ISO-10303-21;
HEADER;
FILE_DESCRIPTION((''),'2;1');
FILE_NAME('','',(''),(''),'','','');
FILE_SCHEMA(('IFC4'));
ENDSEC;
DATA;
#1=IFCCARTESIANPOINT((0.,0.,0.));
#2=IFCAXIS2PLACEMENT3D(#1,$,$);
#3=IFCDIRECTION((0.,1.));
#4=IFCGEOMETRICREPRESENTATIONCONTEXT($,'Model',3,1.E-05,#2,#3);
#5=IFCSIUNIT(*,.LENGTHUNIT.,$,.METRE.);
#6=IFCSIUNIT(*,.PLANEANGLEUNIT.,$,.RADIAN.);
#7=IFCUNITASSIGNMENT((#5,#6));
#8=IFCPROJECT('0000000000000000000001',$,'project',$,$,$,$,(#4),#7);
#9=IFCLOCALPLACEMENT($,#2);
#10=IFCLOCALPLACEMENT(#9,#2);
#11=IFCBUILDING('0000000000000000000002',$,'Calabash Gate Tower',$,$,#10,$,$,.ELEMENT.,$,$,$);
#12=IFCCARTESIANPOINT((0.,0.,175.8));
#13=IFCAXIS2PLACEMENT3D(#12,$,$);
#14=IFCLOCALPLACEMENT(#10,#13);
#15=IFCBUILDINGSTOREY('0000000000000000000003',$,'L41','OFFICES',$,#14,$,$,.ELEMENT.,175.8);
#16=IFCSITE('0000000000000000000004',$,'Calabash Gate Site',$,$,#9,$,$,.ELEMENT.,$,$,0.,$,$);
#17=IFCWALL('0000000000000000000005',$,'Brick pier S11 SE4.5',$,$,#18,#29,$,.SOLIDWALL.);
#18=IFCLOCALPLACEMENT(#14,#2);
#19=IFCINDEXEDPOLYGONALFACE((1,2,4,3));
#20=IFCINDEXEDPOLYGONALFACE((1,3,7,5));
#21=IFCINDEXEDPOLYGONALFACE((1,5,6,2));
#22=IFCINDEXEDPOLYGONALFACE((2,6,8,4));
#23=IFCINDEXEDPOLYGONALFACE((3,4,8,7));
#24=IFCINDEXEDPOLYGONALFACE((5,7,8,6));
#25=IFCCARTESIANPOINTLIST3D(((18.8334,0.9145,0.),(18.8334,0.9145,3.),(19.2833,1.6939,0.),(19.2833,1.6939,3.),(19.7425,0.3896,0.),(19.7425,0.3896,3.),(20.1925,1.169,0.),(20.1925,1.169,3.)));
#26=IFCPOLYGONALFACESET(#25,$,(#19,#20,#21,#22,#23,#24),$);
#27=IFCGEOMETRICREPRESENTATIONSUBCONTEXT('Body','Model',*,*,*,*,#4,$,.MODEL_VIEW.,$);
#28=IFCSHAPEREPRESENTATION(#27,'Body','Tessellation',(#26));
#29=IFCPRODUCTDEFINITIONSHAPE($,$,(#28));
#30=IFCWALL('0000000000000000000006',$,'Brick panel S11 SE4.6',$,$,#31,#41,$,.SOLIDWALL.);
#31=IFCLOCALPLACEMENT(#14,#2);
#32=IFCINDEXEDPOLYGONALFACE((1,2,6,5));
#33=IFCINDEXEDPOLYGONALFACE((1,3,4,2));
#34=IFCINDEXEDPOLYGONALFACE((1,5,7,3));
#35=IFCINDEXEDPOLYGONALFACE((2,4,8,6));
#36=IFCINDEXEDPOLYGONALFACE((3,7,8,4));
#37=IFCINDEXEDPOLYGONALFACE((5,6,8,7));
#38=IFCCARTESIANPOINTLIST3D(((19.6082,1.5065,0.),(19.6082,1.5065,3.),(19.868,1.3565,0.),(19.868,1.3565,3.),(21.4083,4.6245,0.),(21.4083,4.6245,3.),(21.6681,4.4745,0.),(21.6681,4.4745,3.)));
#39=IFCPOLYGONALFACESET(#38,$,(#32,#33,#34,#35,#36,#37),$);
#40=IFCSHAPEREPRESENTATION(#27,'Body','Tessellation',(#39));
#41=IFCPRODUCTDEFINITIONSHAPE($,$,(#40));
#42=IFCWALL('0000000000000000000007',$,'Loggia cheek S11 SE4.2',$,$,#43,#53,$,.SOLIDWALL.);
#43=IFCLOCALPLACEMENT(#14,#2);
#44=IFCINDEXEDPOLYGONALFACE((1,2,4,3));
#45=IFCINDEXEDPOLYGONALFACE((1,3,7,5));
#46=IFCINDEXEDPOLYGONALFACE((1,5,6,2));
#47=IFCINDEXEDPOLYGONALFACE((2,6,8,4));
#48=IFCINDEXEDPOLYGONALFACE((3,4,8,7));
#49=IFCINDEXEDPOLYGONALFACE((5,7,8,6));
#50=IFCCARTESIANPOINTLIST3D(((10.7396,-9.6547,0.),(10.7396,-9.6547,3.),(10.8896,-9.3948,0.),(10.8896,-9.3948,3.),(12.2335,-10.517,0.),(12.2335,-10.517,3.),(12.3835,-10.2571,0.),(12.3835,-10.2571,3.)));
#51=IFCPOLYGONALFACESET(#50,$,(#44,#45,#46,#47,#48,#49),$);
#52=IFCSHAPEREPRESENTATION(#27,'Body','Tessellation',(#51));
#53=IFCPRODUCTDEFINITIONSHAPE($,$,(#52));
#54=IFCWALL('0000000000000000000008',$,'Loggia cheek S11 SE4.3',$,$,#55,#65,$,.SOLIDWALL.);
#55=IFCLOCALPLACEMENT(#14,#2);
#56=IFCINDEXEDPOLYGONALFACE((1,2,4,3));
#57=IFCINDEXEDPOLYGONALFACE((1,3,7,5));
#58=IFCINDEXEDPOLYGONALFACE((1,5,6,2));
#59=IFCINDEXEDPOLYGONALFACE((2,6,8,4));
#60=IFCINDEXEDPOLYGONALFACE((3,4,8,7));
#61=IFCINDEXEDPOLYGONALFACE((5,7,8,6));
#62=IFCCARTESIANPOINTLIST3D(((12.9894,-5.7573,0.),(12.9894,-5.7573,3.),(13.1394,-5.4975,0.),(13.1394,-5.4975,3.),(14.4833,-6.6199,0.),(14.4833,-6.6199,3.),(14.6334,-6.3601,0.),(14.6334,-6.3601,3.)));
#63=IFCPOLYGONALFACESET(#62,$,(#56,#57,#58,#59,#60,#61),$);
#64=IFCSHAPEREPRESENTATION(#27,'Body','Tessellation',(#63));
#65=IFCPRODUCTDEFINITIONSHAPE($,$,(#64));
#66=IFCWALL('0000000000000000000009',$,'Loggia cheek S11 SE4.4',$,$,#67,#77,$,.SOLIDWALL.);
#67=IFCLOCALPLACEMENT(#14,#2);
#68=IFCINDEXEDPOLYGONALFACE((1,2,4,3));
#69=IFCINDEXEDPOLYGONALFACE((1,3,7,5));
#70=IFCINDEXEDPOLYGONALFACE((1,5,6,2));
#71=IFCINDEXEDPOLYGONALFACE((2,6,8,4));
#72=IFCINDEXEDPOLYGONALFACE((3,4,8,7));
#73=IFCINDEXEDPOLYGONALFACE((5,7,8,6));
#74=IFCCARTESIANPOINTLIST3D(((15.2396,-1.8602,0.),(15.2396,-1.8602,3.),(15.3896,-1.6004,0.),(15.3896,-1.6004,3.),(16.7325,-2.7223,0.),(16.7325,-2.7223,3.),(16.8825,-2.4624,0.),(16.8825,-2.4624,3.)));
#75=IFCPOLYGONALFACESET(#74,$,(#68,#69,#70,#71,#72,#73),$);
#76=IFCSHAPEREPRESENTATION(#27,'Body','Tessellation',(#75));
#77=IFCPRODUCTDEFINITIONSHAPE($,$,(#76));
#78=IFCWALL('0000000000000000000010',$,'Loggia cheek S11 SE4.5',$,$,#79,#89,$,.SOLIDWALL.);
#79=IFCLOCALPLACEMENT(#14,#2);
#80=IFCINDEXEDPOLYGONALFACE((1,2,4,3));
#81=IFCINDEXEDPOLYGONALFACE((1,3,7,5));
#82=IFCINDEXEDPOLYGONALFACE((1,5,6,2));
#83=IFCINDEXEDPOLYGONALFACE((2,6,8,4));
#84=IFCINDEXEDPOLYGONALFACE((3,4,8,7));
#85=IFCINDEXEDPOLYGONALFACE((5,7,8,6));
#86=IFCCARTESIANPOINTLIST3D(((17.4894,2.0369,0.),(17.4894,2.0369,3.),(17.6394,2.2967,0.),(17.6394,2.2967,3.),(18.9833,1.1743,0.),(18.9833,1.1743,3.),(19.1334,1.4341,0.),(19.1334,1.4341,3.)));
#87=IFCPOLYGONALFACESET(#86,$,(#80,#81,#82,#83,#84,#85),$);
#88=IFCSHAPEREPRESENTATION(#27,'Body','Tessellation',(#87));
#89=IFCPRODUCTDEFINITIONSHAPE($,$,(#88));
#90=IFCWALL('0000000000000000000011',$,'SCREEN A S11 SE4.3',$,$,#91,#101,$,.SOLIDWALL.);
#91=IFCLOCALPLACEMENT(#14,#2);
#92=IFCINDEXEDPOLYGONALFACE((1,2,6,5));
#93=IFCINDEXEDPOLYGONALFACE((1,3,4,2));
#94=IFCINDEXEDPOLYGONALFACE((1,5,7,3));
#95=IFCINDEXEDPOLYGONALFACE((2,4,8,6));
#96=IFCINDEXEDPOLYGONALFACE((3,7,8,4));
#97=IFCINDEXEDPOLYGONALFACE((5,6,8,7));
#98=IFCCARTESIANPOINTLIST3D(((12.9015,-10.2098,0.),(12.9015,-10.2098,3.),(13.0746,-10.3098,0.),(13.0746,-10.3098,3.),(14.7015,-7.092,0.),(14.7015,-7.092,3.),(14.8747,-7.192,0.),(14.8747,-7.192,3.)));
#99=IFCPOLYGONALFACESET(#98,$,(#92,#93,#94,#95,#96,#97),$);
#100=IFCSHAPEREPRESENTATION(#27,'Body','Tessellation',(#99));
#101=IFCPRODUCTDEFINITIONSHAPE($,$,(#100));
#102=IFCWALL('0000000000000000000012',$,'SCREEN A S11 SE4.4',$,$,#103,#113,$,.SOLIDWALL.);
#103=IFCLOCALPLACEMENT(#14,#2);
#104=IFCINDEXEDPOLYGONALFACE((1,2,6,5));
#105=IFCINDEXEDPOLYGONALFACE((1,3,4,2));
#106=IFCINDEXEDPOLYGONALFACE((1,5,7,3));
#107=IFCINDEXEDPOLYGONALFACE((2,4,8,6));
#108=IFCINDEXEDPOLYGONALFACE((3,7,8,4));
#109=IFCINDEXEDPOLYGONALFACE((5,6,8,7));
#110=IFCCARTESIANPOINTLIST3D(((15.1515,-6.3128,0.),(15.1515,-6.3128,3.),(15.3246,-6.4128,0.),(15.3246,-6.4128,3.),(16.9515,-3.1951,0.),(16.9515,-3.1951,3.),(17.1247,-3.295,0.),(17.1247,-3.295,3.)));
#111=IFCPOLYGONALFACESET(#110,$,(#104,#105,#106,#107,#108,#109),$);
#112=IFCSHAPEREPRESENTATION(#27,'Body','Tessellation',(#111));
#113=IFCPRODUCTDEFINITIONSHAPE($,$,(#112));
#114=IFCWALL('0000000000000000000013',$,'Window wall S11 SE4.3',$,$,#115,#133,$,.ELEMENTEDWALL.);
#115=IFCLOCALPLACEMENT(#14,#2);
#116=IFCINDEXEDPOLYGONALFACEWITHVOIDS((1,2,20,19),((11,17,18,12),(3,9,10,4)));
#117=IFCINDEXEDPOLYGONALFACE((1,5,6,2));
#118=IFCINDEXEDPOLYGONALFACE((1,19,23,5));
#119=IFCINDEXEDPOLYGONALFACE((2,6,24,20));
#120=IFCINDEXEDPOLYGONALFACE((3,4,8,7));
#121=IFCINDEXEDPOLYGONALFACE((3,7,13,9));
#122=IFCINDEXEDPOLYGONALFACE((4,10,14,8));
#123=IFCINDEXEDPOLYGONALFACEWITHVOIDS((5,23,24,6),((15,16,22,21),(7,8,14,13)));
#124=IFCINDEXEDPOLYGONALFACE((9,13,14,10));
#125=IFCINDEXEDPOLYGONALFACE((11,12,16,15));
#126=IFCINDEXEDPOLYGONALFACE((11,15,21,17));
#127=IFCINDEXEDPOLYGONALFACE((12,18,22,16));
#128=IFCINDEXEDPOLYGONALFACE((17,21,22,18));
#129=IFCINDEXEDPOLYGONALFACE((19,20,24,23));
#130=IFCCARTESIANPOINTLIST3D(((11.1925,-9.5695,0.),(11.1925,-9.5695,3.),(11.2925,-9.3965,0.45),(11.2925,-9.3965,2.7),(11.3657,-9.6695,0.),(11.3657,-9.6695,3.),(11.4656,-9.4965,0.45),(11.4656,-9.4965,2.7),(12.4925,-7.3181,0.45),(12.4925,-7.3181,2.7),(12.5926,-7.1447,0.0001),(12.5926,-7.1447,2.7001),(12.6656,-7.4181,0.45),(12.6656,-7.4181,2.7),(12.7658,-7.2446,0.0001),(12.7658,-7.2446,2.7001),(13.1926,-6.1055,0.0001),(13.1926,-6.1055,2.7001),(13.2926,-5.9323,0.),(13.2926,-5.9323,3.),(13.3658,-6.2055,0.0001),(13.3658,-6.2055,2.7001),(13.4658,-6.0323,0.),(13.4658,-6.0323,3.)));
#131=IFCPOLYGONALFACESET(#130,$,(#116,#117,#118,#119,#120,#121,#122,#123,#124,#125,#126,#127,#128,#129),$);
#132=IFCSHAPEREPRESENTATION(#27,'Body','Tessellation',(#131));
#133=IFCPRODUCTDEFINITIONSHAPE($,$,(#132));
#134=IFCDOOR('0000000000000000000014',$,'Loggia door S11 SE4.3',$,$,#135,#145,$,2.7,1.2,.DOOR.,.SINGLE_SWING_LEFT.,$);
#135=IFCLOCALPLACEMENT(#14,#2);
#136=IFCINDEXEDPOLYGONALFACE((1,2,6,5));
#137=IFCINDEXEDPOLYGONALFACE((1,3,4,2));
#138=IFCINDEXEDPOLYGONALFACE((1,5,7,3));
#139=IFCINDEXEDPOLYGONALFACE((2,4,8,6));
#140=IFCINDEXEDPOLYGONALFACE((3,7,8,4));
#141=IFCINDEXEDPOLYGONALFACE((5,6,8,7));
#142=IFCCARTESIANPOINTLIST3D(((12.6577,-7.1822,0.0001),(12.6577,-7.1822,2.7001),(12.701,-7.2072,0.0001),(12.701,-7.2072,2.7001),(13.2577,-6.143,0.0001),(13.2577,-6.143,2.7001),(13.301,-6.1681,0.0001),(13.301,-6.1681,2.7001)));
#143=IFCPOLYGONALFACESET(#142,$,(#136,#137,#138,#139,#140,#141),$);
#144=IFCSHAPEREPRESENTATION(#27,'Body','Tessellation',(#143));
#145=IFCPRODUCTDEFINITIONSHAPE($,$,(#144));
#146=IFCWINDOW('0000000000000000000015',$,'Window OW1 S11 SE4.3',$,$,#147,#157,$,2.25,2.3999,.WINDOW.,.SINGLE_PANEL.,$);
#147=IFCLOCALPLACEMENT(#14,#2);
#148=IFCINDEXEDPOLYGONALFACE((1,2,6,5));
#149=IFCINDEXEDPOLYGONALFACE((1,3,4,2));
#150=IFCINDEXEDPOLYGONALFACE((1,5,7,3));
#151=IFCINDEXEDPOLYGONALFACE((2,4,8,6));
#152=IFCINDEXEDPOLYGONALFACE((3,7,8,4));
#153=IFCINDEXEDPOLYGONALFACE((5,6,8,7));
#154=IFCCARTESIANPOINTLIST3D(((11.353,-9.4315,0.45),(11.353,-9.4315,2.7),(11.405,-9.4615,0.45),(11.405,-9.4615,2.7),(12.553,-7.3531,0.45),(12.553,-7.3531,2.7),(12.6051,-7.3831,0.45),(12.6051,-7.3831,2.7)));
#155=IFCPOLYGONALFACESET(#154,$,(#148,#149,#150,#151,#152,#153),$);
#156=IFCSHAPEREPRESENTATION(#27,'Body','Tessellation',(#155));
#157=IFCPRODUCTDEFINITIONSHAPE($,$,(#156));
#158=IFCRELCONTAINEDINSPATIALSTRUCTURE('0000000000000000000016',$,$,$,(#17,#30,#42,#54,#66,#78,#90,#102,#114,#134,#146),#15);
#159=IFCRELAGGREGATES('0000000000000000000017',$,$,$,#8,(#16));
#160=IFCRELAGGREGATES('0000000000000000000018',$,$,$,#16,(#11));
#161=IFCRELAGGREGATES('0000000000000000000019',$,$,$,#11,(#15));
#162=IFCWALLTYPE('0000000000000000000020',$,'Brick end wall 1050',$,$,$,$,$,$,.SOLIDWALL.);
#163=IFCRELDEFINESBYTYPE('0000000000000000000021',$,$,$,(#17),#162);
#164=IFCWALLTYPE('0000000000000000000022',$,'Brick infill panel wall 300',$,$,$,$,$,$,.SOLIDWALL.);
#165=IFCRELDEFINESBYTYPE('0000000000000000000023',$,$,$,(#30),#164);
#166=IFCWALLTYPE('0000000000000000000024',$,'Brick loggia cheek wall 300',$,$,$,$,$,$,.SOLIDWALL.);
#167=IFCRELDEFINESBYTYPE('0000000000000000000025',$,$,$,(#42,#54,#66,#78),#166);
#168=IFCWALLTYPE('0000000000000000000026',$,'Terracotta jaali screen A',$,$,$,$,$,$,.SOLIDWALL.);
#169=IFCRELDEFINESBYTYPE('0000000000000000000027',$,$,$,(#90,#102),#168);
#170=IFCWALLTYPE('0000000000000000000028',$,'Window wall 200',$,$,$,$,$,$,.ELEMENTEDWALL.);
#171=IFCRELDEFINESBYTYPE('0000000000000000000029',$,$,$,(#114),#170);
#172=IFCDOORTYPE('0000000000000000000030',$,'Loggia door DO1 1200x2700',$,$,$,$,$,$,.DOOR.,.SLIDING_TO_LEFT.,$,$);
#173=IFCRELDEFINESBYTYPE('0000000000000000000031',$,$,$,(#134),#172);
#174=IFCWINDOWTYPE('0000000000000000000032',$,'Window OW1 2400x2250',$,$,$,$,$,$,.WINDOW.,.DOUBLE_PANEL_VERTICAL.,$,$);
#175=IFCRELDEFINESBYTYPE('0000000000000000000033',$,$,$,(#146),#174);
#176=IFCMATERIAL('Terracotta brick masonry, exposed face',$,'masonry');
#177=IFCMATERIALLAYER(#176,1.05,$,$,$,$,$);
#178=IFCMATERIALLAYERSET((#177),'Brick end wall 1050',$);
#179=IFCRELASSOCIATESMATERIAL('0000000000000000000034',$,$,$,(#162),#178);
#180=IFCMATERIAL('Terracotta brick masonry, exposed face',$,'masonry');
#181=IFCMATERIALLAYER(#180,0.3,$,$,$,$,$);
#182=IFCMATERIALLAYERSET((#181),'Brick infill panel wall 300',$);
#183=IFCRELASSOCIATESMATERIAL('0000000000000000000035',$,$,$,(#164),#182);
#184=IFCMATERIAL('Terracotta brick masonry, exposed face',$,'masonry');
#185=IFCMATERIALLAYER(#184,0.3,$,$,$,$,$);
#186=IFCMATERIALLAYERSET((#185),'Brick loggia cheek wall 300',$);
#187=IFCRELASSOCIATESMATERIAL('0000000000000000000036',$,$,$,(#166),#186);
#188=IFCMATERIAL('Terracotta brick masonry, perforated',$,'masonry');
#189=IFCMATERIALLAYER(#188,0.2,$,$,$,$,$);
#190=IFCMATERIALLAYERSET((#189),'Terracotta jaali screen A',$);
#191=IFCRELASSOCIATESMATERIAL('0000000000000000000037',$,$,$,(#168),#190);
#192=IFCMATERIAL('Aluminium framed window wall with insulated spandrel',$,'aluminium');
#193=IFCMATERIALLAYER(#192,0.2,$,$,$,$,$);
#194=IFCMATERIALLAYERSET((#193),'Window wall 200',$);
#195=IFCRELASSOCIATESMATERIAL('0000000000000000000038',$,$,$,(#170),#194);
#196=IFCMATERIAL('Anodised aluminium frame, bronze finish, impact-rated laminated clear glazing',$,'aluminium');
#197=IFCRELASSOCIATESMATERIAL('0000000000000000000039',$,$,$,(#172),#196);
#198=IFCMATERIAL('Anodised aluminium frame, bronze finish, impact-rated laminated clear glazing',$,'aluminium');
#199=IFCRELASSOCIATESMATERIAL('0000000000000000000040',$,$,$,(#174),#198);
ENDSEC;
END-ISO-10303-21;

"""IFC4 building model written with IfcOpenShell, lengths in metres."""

from ifc_helpers import new_model, si_unit, direction, frame, frame_2d, origin, place, context, subcontext, project, spatial, rectangle, extrude, material, layer, layer_set, type_object, element, fill, save


model = new_model("IFC4")

# Units and contexts
model_context = context("Model", 3, precision=1e-05, world=origin(), true_north=direction((0.0, 1.0)))
body_context = subcontext(model_context, "Body", "Model", "MODEL_VIEW")
ifc_project = project(units=[si_unit("LENGTHUNIT", "METRE"), si_unit("PLANEANGLEUNIT", "RADIAN")], contexts=[model_context])

# Site, building, storey
site_placement = place(None, origin())
site = spatial("IfcSite", under=ifc_project, at=site_placement, Name="Calabash Gate Site", CompositionType="ELEMENT", RefElevation=0.0)
building_placement = place(site_placement, origin())
building = spatial("IfcBuilding", under=site, at=building_placement, Name="Calabash Gate Tower", CompositionType="ELEMENT")
storey_placement = place(building_placement, frame((0.0, 0.0, 175.8)))
storey = spatial("IfcBuildingStorey", under=building, at=storey_placement, Name="L41", Description="OFFICES", CompositionType="ELEMENT", Elevation=175.8)

# Walls
ifc_material_1 = material(Name="Terracotta brick masonry, exposed face", Category="masonry")
ifc_layer_1 = layer(ifc_material_1, 1.05)
ifc_layer_set_1 = layer_set([ifc_layer_1], Name="Brick end wall 1050")
wall_type_1 = type_object("IfcWallType", Name="Brick end wall 1050", PredefinedType="SOLIDWALL", material=ifc_layer_set_1)
for number, where, z_axis, x_axis, name in (
    (1, (19.0583, 1.3042, 0.0), (0.0, 0.0, 1.0), (0.866031, -0.499991, 0.0), "Brick pier S11 SE4.5"),
):
    element("IfcWall", number, at=place(storey_placement, frame(where, z_axis=z_axis, x_axis=x_axis)), inside=storey, type_object=wall_type_1, Name=name, PredefinedType="SOLIDWALL", context=body_context, shape_type="SweptSolid", body=[
        extrude(rectangle(XDim=1.0498, YDim=0.8999, at=frame_2d((0.5249, 0.0))), origin(), (0.0, 0.0, 1.0), 3.0),
    ])
ifc_material_2 = material(Name="Terracotta brick masonry, exposed face", Category="masonry")
ifc_layer_2 = layer(ifc_material_2, 0.3)
ifc_layer_set_2 = layer_set([ifc_layer_2], Name="Brick infill panel wall 300")
wall_type_2 = type_object("IfcWallType", Name="Brick infill panel wall 300", PredefinedType="SOLIDWALL", material=ifc_layer_set_2)
wall_1_placement = place(storey_placement, frame((19.738, 1.4314, 0.0), z_axis=(0.0, 0.0, 1.0), x_axis=(0.499983, 0.866035, 0.0)))
element("IfcWall", 2, at=wall_1_placement, inside=storey, type_object=wall_type_2, Name="Brick panel S11 SE4.6", PredefinedType="SOLIDWALL", context=body_context, shape_type="SweptSolid", body=[
    extrude(rectangle(XDim=3.6003, YDim=0.3, at=frame_2d((1.8003, 0.0))), origin(), (0.0, 0.0, 1.0), 3.0),
])
ifc_material_3 = material(Name="Terracotta brick masonry, exposed face", Category="masonry")
ifc_layer_3 = layer(ifc_material_3, 0.3)
ifc_layer_set_3 = layer_set([ifc_layer_3], Name="Brick loggia cheek wall 300")
wall_type_3 = type_object("IfcWallType", Name="Brick loggia cheek wall 300", PredefinedType="SOLIDWALL", material=ifc_layer_set_3)
wall_2_placement = place(storey_placement, frame((12.3083, -10.387, 0.0), z_axis=(0.0, 0.0, 1.0), x_axis=(-0.866075, 0.499914, 0.0)))
element("IfcWall", 3, at=wall_2_placement, inside=storey, type_object=wall_type_3, Name="Loggia cheek S11 SE4.2", PredefinedType="SOLIDWALL", context=body_context, shape_type="SweptSolid", body=[
    extrude(rectangle(XDim=1.7249, YDim=0.3, at=frame_2d((0.8623, 0.0))), origin(), (0.0, 0.0, 1.0), 3.0),
])
wall_3_placement = place(storey_placement, frame((14.5583, -6.49, 0.0), z_axis=(0.0, 0.0, 1.0), x_axis=(-0.866014, 0.500021, 0.0)))
element("IfcWall", 4, at=wall_3_placement, inside=storey, type_object=wall_type_3, Name="Loggia cheek S11 SE4.3", PredefinedType="SOLIDWALL", context=body_context, shape_type="SweptSolid", body=[
    extrude(rectangle(XDim=1.7251, YDim=0.3, at=frame_2d((0.8625, 0.0))), origin(), (0.0, 0.0, 1.0), 3.0),
])
wall_4_placement = place(storey_placement, frame((16.8074, -2.5923, 0.0), z_axis=(0.0, 0.0, 1.0), x_axis=(-0.865995, 0.500053, 0.0)))
element("IfcWall", 5, at=wall_4_placement, inside=storey, type_object=wall_type_3, Name="Loggia cheek S11 SE4.4", PredefinedType="SOLIDWALL", context=body_context, shape_type="SweptSolid", body=[
    extrude(rectangle(XDim=1.7239, YDim=0.3, at=frame_2d((0.8618, 0.0))), origin(), (0.0, 0.0, 1.0), 3.0),
])
wall_5_placement = place(storey_placement, frame((19.0583, 1.3042, 0.0), z_axis=(0.0, 0.0, 1.0), x_axis=(-0.866014, 0.500021, 0.0)))
element("IfcWall", 6, at=wall_5_placement, inside=storey, type_object=wall_type_3, Name="Loggia cheek S11 SE4.5", PredefinedType="SOLIDWALL", context=body_context, shape_type="SweptSolid", body=[
    extrude(rectangle(XDim=1.7251, YDim=0.3, at=frame_2d((0.8625, 0.0))), origin(), (0.0, 0.0, 1.0), 3.0),
])
ifc_material_4 = material(Name="Terracotta brick masonry, perforated", Category="masonry")
ifc_layer_4 = layer(ifc_material_4, 0.2)
ifc_layer_set_4 = layer_set([ifc_layer_4], Name="Terracotta jaali screen A")
wall_type_4 = type_object("IfcWallType", Name="Terracotta jaali screen A", PredefinedType="SOLIDWALL", material=ifc_layer_set_4)
for number, where, z_axis, x_axis, name in (
    (7, (12.988, -10.2598, 0.0), (0.0, 0.0, 1.0), (0.500012, 0.866018, 0.0), "SCREEN A S11 SE4.3"),
    (8, (15.238, -6.3628, 0.0), (0.0, 0.0, 1.0), (0.500012, 0.866018, 0.0), "SCREEN A S11 SE4.4"),
):
    element("IfcWall", number, at=place(storey_placement, frame(where, z_axis=z_axis, x_axis=x_axis)), inside=storey, type_object=wall_type_4, Name=name, PredefinedType="SOLIDWALL", context=body_context, shape_type="SweptSolid", body=[
        extrude(rectangle(XDim=3.6001, YDim=0.2, at=frame_2d((1.8, 0.0))), origin(), (0.0, 0.0, 1.0), 3.0),
    ])

# Wall, openings, door, window
ifc_material_5 = material(Name="Aluminium framed window wall with insulated spandrel", Category="aluminium")
ifc_layer_5 = layer(ifc_material_5, 0.2)
ifc_layer_set_5 = layer_set([ifc_layer_5], Name="Window wall 200")
wall_type_5 = type_object("IfcWallType", Name="Window wall 200", PredefinedType="ELEMENTEDWALL", material=ifc_layer_set_5)
wall_6_placement = place(storey_placement, frame((11.2791, -9.6196, 0.0), z_axis=(0.0, 0.0, 1.0), x_axis=(0.500028, 0.866009, 0.0)))
wall_6 = element("IfcWall", 9, at=wall_6_placement, inside=storey, type_object=wall_type_5, Name="Window wall S11 SE4.3", PredefinedType="ELEMENTEDWALL", context=body_context, shape_type="SweptSolid", body=[
    extrude(rectangle(XDim=4.2, YDim=0.2, at=frame_2d((2.1001, 0.0))), origin(), (0.0, 0.0, 1.0), 3.0),
])
opening_1_placement = place(wall_6_placement, frame((0.2, 0.0, 0.45)))
opening_1 = element("IfcOpeningElement", 10, at=opening_1_placement, cuts=wall_6, PredefinedType="OPENING", context=body_context, shape_type="SweptSolid", body=[
    extrude(rectangle(XDim=2.3999, YDim=2.25, at=frame_2d((1.2, 1.125))), frame((0.0, 0.1099, 0.0), z_axis=(0.0, -1.0, 0.0), x_axis=(1.0, 0.0, 0.0)), (0.0, 0.0, 1.0), 0.22),
])
opening_2_placement = place(wall_6_placement, frame((2.8, 0.0, 0.0)))
opening_2 = element("IfcOpeningElement", 11, at=opening_2_placement, cuts=wall_6, PredefinedType="OPENING", context=body_context, shape_type="SweptSolid", body=[
    extrude(rectangle(XDim=1.2, YDim=2.7, at=frame_2d((0.6001, 1.3501))), frame((0.0, 0.1099, 0.0), z_axis=(0.0, -1.0, 0.0), x_axis=(1.0, 0.0, 0.0)), (0.0, 0.0, 1.0), 0.22),
])
ifc_material_6 = material(Name="Anodised aluminium frame, bronze finish, impact-rated laminated clear glazing", Category="aluminium")
door_type = type_object("IfcDoorType", Name="Loggia door DO1 1200x2700", OperationType="SLIDING_TO_LEFT", PredefinedType="DOOR", material=ifc_material_6)
door_1_placement = place(opening_2_placement, origin())
door_1 = element("IfcDoor", 12, at=door_1_placement, inside=storey, type_object=door_type, Name="Loggia door S11 SE4.3", OperationType="SINGLE_SWING_LEFT", OverallHeight=2.7, OverallWidth=1.2, PredefinedType="DOOR", context=body_context, shape_type="SweptSolid", body=[
    extrude(rectangle(XDim=1.2, YDim=2.7, at=frame_2d((0.6001, 1.3501))), frame((0.0, 0.0249, 0.0), z_axis=(0.0, -1.0, 0.0), x_axis=(1.0, 0.0, 0.0)), (0.0, 0.0, 1.0), 0.05),
])
fill(opening_2, door_1)
ifc_material_7 = material(Name="Anodised aluminium frame, bronze finish, impact-rated laminated clear glazing", Category="aluminium")
window_type_1 = type_object("IfcWindowType", Name="Window OW1 2400x2250", PartitioningType="DOUBLE_PANEL_VERTICAL", PredefinedType="WINDOW", material=ifc_material_7)
window_1_placement = place(opening_1_placement, origin())
window_1 = element("IfcWindow", 13, at=window_1_placement, inside=storey, type_object=window_type_1, Name="Window OW1 S11 SE4.3", OverallHeight=2.25, OverallWidth=2.3999, PartitioningType="SINGLE_PANEL", PredefinedType="WINDOW", context=body_context, shape_type="SweptSolid", body=[
    extrude(rectangle(XDim=2.3999, YDim=2.25, at=frame_2d((1.2, 1.125))), frame((0.0, 0.03, 0.0), z_axis=(0.0, -1.0, 0.0), x_axis=(1.0, 0.0, 0.0)), (0.0, 0.0, 1.0), 0.0601),
])
fill(opening_1, window_1)

save(model, "model.ifc")
